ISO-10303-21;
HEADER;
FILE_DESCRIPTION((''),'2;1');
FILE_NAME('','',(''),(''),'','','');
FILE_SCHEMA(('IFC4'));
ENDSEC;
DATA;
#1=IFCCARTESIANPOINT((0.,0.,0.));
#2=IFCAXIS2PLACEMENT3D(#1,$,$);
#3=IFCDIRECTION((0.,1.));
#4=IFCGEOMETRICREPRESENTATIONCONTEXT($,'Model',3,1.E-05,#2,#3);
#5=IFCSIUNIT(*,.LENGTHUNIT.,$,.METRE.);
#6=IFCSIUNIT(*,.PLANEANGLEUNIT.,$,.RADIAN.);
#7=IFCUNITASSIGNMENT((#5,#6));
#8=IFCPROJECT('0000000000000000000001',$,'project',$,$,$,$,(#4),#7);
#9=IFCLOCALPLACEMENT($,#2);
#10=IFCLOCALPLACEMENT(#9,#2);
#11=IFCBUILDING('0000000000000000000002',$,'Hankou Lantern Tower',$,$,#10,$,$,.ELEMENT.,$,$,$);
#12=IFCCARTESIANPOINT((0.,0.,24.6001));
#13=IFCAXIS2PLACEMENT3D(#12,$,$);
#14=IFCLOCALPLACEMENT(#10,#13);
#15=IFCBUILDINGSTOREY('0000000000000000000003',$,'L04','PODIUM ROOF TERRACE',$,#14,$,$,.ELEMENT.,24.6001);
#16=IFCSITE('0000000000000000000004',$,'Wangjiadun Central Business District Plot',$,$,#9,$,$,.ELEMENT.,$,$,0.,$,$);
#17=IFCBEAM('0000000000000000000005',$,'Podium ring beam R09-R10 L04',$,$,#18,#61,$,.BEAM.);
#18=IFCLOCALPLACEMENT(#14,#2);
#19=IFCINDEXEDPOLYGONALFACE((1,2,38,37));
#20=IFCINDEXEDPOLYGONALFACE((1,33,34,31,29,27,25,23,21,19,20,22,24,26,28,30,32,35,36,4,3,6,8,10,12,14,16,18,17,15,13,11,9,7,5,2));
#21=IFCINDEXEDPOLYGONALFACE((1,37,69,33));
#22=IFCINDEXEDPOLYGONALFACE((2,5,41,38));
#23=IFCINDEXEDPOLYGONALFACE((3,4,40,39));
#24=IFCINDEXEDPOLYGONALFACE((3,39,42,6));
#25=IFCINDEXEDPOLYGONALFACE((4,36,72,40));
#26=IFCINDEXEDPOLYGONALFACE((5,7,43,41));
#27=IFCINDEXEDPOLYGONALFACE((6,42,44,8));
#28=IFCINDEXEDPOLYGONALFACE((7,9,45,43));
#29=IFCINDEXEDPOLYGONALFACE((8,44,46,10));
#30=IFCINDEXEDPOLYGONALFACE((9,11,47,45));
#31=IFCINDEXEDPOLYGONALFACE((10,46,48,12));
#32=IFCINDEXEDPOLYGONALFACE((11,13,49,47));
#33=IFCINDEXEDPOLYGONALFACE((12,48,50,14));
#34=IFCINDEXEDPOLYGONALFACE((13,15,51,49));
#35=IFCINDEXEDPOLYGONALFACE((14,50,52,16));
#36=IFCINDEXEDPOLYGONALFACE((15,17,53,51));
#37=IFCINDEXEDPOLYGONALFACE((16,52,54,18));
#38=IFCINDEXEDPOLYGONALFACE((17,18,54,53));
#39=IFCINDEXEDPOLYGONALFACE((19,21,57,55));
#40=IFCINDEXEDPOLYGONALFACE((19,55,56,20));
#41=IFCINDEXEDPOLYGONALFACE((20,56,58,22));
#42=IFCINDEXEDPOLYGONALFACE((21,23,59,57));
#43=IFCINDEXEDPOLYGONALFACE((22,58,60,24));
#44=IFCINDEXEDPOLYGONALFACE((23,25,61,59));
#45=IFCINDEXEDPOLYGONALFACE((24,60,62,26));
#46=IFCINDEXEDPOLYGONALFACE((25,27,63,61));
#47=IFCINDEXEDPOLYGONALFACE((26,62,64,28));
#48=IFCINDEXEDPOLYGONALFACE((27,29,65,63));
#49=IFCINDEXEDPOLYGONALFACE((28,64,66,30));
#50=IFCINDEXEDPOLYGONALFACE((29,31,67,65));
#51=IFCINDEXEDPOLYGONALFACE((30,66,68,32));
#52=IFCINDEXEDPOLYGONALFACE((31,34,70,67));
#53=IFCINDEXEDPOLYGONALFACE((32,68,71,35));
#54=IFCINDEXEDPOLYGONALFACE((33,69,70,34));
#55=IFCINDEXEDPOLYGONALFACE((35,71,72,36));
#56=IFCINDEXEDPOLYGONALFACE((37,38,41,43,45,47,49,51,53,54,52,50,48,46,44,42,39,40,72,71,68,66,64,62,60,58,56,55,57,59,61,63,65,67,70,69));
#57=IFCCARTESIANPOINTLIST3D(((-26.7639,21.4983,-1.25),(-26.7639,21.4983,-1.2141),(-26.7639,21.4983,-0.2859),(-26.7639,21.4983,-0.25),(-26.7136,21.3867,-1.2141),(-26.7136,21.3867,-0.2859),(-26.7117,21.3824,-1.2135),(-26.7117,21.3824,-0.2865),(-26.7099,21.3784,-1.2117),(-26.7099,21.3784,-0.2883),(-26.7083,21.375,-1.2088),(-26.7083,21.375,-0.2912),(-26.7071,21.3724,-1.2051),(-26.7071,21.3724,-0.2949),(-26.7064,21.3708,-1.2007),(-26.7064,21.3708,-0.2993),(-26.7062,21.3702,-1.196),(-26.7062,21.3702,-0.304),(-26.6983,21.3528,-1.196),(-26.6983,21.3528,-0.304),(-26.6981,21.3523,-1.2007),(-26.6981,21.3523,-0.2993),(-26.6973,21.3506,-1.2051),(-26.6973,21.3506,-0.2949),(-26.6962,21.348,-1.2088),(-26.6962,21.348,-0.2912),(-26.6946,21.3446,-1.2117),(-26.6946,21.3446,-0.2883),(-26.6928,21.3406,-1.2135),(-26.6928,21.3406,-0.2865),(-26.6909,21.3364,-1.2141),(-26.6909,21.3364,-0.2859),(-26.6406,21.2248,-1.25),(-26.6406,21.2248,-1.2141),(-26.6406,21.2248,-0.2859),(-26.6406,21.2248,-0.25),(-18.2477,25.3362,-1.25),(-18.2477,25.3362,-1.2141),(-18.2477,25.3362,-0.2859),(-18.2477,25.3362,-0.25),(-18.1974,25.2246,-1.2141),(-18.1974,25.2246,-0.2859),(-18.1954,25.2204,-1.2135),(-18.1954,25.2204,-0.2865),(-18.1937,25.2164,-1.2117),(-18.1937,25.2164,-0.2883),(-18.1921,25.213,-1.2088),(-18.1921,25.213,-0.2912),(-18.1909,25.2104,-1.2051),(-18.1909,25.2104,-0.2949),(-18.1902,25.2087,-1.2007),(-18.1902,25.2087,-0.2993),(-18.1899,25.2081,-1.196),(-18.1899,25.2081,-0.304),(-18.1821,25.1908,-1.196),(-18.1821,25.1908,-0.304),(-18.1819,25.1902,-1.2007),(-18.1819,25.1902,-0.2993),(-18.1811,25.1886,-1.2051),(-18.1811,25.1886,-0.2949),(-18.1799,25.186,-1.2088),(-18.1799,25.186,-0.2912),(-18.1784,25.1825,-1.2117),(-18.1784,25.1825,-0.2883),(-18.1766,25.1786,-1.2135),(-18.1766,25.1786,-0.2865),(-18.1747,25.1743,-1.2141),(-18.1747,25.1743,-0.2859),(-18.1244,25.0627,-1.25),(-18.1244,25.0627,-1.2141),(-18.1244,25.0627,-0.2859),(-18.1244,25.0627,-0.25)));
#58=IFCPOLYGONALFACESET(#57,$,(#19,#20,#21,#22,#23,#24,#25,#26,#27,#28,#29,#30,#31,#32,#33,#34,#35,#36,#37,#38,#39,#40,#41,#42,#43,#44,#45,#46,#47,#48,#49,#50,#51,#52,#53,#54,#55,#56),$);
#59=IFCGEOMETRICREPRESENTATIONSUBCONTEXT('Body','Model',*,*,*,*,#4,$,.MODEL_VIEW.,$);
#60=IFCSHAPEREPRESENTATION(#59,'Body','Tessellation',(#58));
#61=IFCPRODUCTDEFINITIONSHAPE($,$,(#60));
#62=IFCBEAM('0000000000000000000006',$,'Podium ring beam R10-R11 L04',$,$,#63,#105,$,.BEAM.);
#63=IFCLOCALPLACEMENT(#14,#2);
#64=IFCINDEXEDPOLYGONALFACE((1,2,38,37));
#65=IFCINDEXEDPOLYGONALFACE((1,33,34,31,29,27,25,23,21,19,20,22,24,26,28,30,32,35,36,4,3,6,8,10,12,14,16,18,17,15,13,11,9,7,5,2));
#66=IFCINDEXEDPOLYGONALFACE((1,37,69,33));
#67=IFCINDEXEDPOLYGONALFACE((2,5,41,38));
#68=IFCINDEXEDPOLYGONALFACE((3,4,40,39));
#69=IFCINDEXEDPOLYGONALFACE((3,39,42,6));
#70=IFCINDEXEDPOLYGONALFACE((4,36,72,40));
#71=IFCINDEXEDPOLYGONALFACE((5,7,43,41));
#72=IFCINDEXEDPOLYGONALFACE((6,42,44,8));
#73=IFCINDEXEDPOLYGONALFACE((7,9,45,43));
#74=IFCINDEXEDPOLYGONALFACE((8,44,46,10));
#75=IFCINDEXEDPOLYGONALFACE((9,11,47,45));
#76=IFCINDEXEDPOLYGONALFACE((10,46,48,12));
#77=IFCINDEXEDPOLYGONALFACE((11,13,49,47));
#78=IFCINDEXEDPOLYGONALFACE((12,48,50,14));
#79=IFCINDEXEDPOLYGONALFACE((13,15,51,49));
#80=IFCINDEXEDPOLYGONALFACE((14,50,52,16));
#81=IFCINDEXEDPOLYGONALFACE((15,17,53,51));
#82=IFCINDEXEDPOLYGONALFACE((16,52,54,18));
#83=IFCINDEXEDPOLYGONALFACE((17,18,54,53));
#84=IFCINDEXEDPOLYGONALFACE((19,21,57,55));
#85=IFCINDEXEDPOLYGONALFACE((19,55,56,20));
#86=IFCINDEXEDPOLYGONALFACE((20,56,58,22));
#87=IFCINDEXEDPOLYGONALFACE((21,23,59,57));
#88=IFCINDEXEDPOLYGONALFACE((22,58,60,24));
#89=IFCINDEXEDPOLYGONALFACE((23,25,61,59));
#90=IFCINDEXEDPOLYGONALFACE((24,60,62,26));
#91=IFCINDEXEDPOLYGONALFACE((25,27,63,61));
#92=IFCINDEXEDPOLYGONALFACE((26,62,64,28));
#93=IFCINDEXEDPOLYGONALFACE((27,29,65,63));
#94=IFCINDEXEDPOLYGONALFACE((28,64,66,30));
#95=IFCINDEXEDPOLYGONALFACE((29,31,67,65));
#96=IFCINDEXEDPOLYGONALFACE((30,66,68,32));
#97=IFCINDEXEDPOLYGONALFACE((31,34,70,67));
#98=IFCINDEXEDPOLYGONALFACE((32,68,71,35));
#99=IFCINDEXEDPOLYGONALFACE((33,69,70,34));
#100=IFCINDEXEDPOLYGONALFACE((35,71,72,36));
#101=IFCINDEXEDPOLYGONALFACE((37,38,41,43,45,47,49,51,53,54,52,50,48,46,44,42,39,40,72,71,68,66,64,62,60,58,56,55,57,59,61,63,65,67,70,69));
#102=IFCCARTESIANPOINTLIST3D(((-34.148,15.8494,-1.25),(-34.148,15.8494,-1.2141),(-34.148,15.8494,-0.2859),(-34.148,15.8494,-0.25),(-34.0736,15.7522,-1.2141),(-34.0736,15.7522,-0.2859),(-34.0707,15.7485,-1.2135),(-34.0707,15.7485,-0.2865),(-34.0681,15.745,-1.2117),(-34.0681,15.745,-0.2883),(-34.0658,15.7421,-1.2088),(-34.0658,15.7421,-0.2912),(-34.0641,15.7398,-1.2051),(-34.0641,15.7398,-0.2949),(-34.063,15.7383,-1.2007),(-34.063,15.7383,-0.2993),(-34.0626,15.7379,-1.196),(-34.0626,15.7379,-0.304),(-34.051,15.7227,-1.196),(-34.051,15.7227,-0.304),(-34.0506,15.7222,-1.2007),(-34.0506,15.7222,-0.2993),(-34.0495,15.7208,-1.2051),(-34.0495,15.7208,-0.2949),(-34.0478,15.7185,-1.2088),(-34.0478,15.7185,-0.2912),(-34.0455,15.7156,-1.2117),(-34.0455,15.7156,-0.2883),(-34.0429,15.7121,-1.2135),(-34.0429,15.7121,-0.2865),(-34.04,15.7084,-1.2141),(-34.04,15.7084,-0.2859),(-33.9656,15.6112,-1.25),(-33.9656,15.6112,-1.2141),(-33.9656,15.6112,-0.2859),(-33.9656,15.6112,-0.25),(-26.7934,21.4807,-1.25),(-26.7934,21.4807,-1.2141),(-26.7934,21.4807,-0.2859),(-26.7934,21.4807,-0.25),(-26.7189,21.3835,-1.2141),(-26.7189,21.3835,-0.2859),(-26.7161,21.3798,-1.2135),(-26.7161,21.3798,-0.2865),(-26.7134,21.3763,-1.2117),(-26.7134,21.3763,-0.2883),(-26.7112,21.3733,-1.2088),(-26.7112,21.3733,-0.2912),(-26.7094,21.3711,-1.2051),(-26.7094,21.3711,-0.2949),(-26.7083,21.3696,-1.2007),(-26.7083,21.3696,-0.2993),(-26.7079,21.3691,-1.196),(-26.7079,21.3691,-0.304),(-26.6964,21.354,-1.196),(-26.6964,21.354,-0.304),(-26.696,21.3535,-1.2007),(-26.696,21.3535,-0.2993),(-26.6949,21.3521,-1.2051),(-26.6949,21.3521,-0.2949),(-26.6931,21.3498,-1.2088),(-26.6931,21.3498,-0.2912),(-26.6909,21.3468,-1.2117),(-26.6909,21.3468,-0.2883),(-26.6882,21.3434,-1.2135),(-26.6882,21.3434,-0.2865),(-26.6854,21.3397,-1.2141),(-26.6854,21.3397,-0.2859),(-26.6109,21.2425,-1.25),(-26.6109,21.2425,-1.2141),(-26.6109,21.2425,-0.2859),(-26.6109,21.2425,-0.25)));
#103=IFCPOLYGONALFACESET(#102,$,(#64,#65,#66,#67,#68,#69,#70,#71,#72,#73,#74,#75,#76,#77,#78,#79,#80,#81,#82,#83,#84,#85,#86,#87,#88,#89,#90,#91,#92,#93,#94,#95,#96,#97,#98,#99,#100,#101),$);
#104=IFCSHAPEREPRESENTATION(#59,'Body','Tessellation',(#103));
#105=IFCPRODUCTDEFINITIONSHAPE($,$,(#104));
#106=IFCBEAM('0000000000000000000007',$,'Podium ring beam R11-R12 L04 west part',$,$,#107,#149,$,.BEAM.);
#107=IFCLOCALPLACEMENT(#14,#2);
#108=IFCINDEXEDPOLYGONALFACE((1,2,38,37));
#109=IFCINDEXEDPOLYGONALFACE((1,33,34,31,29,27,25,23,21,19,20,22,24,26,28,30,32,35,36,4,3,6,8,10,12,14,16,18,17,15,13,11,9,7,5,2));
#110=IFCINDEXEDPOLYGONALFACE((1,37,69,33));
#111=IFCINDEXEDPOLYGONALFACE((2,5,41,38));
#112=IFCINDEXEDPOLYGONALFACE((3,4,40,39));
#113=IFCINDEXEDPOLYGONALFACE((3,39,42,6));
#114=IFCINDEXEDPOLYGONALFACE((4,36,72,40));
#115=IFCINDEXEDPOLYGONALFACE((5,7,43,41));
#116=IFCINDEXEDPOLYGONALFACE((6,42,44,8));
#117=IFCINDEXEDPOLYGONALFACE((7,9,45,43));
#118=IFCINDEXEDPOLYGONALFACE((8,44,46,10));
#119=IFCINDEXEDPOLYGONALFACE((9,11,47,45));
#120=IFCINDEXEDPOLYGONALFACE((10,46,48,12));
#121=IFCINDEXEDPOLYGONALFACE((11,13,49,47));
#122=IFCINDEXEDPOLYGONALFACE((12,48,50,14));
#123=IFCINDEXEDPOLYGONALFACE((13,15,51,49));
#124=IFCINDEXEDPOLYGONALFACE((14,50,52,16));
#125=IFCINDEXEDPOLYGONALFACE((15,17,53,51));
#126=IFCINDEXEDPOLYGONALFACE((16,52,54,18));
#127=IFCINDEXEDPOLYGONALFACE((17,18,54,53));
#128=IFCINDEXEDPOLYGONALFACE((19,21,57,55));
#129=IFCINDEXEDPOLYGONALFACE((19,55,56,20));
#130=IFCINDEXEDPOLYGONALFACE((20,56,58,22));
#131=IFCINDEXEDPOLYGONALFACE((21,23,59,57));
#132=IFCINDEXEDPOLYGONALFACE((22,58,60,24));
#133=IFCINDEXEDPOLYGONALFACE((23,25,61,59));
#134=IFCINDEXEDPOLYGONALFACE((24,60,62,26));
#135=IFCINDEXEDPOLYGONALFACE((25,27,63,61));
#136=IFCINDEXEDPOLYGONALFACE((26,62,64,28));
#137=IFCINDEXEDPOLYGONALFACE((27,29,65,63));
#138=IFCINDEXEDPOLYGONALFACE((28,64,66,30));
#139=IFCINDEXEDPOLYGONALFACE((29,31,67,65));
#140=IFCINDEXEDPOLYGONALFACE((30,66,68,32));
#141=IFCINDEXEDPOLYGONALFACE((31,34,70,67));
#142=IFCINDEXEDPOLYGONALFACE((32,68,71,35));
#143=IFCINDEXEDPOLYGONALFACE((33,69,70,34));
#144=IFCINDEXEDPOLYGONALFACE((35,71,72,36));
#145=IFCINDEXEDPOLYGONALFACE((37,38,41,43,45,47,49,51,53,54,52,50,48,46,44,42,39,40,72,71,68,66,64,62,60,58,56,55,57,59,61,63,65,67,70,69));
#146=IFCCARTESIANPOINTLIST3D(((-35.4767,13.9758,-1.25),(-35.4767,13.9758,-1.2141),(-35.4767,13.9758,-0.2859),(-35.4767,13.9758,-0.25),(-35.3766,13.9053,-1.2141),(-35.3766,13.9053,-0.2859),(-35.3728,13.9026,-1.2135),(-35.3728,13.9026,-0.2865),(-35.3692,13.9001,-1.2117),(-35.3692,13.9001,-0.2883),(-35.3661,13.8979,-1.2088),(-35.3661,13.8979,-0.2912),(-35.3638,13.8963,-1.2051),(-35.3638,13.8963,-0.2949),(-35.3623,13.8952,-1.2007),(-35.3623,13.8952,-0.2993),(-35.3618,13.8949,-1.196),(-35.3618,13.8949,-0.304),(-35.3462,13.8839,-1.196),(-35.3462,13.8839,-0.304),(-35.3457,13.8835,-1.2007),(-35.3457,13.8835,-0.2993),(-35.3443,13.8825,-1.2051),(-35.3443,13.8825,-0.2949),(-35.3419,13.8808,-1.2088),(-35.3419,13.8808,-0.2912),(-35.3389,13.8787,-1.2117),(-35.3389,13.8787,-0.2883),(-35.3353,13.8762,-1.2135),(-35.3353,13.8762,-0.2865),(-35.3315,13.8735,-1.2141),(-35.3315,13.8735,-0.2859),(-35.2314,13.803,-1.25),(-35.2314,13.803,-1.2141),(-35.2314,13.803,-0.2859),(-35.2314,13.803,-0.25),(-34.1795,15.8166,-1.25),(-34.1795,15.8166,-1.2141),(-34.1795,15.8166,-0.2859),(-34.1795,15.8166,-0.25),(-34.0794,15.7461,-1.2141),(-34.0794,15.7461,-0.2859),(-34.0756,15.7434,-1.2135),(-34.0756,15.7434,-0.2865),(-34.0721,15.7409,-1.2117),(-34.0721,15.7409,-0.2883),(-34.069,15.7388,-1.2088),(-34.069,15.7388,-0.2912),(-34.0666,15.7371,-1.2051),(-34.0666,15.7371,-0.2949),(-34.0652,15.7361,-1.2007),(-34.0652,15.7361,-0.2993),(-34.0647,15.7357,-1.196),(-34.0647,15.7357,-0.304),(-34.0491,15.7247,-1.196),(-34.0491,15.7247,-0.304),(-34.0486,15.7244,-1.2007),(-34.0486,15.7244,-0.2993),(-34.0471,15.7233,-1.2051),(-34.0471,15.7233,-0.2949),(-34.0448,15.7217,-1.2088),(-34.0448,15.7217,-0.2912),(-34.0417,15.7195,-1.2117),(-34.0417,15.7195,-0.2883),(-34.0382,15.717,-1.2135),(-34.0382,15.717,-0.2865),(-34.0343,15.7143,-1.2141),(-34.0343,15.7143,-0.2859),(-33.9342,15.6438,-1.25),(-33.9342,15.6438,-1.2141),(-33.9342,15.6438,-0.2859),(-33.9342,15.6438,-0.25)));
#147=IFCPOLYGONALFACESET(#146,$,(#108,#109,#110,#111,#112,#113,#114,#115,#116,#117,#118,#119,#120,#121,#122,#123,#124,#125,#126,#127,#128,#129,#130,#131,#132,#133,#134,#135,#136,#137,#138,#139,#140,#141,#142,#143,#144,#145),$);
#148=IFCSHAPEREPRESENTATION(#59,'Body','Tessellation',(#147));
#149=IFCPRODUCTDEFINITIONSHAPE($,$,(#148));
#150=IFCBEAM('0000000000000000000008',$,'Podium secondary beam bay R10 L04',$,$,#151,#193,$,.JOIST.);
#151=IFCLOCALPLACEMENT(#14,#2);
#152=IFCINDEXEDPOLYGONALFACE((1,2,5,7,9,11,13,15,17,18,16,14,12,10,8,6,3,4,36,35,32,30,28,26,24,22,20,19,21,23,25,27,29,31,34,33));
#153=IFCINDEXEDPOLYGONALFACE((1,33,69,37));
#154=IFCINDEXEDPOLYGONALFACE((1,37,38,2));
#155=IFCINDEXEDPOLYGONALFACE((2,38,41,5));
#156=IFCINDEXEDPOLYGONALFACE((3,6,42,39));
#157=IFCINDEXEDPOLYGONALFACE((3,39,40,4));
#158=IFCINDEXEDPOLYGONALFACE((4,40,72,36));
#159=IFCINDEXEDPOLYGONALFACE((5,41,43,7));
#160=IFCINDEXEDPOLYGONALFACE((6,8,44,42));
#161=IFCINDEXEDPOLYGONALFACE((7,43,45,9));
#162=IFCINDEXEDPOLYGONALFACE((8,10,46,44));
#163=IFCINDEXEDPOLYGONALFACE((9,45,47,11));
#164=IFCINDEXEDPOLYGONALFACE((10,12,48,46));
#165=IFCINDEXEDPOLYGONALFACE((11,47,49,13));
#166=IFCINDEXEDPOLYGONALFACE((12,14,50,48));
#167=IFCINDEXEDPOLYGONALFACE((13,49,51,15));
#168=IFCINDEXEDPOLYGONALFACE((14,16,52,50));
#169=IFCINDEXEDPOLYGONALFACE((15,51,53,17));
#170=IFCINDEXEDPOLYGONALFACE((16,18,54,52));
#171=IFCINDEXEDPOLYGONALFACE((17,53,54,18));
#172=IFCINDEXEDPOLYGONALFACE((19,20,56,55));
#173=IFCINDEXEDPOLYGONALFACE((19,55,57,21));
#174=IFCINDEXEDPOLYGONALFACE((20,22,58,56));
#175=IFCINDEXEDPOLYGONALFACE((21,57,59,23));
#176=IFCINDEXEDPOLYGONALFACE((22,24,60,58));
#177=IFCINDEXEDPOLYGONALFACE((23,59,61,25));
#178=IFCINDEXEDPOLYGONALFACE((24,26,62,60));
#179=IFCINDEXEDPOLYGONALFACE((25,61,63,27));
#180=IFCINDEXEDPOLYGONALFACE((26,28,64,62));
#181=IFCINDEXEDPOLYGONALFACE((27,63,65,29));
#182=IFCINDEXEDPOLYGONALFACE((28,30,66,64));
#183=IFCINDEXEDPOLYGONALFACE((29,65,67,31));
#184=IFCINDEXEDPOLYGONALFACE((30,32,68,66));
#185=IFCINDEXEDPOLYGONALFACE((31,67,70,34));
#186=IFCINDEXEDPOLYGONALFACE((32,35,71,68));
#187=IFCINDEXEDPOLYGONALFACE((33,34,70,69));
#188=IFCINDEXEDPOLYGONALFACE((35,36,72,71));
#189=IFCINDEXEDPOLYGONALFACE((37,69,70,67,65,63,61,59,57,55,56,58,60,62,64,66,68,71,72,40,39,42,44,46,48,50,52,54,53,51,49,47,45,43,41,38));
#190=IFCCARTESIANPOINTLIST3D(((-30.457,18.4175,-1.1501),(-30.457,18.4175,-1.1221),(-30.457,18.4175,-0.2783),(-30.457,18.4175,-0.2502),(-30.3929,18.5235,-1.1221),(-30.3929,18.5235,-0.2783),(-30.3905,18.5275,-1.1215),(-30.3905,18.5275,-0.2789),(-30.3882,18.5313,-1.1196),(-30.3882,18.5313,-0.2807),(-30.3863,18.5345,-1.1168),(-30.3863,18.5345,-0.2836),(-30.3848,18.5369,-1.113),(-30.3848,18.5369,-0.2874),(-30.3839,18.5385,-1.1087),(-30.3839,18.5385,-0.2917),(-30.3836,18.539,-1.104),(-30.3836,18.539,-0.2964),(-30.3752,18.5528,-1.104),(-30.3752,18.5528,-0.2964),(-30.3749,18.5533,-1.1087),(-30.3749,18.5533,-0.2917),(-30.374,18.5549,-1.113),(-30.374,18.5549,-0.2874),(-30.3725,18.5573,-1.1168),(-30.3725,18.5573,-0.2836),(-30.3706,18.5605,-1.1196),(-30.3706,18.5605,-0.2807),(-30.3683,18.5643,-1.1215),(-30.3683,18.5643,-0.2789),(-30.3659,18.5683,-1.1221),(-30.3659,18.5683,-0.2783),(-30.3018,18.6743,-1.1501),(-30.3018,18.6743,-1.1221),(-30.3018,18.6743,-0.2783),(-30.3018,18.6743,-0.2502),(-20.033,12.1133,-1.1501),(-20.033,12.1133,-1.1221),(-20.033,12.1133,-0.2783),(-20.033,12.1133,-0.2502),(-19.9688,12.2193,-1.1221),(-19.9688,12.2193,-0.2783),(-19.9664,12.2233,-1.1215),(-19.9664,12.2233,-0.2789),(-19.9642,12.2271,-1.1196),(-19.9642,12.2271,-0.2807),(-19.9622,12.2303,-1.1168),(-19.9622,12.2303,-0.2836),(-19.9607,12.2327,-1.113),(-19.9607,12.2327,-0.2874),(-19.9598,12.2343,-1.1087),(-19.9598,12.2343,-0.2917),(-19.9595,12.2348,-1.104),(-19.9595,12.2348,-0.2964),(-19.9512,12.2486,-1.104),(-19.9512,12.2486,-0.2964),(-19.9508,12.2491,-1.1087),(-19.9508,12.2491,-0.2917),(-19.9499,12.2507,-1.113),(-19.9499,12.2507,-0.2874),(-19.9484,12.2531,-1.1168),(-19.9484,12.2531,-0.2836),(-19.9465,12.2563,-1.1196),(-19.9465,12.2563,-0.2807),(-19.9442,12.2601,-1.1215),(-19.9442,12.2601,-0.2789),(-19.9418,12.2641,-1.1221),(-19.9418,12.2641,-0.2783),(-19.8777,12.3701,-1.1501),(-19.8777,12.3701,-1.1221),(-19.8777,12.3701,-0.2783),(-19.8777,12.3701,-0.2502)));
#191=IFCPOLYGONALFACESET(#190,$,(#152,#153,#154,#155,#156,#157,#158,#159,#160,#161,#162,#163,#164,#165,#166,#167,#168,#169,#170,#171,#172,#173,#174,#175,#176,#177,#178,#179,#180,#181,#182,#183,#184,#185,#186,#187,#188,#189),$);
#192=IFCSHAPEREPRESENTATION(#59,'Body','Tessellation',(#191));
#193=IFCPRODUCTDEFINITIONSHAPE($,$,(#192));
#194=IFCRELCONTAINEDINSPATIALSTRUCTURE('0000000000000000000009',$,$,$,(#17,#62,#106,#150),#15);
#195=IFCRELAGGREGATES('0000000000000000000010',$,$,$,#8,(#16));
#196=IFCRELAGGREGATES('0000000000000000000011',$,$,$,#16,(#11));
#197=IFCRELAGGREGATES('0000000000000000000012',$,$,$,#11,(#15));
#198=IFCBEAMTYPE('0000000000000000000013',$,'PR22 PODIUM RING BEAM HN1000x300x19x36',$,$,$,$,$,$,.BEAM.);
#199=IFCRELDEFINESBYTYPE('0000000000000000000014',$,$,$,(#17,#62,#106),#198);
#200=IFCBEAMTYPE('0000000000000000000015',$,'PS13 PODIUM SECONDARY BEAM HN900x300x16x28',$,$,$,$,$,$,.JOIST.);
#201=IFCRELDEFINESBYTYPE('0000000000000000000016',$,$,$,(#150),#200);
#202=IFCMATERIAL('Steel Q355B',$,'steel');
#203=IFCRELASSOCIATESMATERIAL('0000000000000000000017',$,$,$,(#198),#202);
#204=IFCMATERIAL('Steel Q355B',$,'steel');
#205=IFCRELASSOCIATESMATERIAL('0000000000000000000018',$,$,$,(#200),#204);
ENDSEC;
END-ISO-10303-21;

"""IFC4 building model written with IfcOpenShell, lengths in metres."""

from ifc_helpers import new_model, si_unit, direction, frame, origin, origin_2d, place, context, subcontext, project, spatial, i_section, extrude, material, material_profile, profile_set, type_object, element, save


model = new_model("IFC4")

# Units and contexts
model_context = context("Model", 3, precision=1e-05, world=origin(), true_north=direction((0.0, 1.0)))
body_context = subcontext(model_context, "Body", "Model", "MODEL_VIEW")
ifc_project = project(units=[si_unit("LENGTHUNIT", "METRE"), si_unit("PLANEANGLEUNIT", "RADIAN")], contexts=[model_context])

# Site, building, storey
site_placement = place(None, origin())
site = spatial("IfcSite", under=ifc_project, at=site_placement, Name="Wangjiadun Central Business District Plot", CompositionType="ELEMENT", RefElevation=0.0)
building_placement = place(site_placement, origin())
building = spatial("IfcBuilding", under=site, at=building_placement, Name="Hankou Lantern Tower", CompositionType="ELEMENT")
storey_placement = place(building_placement, frame((0.0, 0.0, 24.6001)))
storey = spatial("IfcBuildingStorey", under=building, at=storey_placement, Name="L04", Description="PODIUM ROOF TERRACE", CompositionType="ELEMENT", Elevation=24.6001)

# Beams
ifc_material_1 = material(Name="Steel Q355B", Category="steel")
ifc_material_profile_1 = material_profile(ifc_material_1, i_section(OverallWidth=0.3, OverallDepth=1.0, WebThickness=0.019, FlangeThickness=0.0359, FilletRadius=0.0181, at=origin_2d()), Name="HN1000x300x19x36")
ifc_profile_set_1 = profile_set([ifc_material_profile_1], Name="Steel Q355B")
beam_type_1 = type_object("IfcBeamType", Name="PR22 PODIUM RING BEAM HN1000x300x19x36", PredefinedType="BEAM", material=ifc_profile_set_1)
beam_1_placement = place(storey_placement, frame((-18.186, 25.1995, -0.75), z_axis=(-0.911695, -0.410867, 0.0), x_axis=(0.410867, -0.911695, 0.0)))
element("IfcBeam", 1, at=beam_1_placement, inside=storey, type_object=beam_type_1, Name="Podium ring beam R09-R10 L04", PredefinedType="BEAM", context=body_context, shape_type="SweptSolid", body=[
    extrude(i_section(OverallWidth=0.3, OverallDepth=1.0, WebThickness=0.019, FlangeThickness=0.0359, FilletRadius=0.0181, at=origin_2d()), origin(), (0.0, 0.0, 1.0), 9.3411),
])
beam_2_placement = place(storey_placement, frame((-26.7021, 21.3616, -0.75), z_axis=(-0.793986, -0.607936, 0.0), x_axis=(0.607936, -0.793986, 0.0)))
element("IfcBeam", 2, at=beam_2_placement, inside=storey, type_object=beam_type_1, Name="Podium ring beam R10-R11 L04", PredefinedType="BEAM", context=body_context, shape_type="SweptSolid", body=[
    extrude(i_section(OverallWidth=0.3, OverallDepth=1.0, WebThickness=0.019, FlangeThickness=0.0359, FilletRadius=0.0181, at=origin_2d()), origin(), (0.0, 0.0, 1.0), 9.2629),
])
beam_3_placement = place(storey_placement, frame((-34.0569, 15.7302, -0.75), z_axis=(-0.576006, -0.817445, 0.0), x_axis=(0.817445, -0.576006, 0.0)))
element("IfcBeam", 3, at=beam_3_placement, inside=storey, type_object=beam_type_1, Name="Podium ring beam R11-R12 L04 west part", PredefinedType="BEAM", context=body_context, shape_type="SweptSolid", body=[
    extrude(i_section(OverallWidth=0.3, OverallDepth=1.0, WebThickness=0.019, FlangeThickness=0.0359, FilletRadius=0.0181, at=origin_2d()), origin(), (0.0, 0.0, 1.0), 2.252),
])
ifc_material_2 = material(Name="Steel Q355B", Category="steel")
ifc_material_profile_2 = material_profile(ifc_material_2, i_section(OverallWidth=0.3, OverallDepth=0.8999, WebThickness=0.0161, FlangeThickness=0.0281, FilletRadius=0.0181, at=origin_2d()), Name="HN900x300x16x28")
ifc_profile_set_2 = profile_set([ifc_material_profile_2], Name="Steel Q355B")
beam_type_2 = type_object("IfcBeamType", Name="PS13 PODIUM SECONDARY BEAM HN900x300x16x28", PredefinedType="JOIST", material=ifc_profile_set_2)
beam_4_placement = place(storey_placement, frame((-19.9553, 12.2417, -0.7002), z_axis=(-0.855686, 0.517496, 0.0), x_axis=(-0.517496, -0.855686, 0.0)))
element("IfcBeam", 4, at=beam_4_placement, inside=storey, type_object=beam_type_2, Name="Podium secondary beam bay R10 L04", PredefinedType="JOIST", context=body_context, shape_type="SweptSolid", body=[
    extrude(i_section(OverallWidth=0.3, OverallDepth=0.8999, WebThickness=0.0161, FlangeThickness=0.0281, FilletRadius=0.0181, at=origin_2d()), origin(), (0.0, 0.0, 1.0), 12.1821),
])

save(model, "model.ifc")
